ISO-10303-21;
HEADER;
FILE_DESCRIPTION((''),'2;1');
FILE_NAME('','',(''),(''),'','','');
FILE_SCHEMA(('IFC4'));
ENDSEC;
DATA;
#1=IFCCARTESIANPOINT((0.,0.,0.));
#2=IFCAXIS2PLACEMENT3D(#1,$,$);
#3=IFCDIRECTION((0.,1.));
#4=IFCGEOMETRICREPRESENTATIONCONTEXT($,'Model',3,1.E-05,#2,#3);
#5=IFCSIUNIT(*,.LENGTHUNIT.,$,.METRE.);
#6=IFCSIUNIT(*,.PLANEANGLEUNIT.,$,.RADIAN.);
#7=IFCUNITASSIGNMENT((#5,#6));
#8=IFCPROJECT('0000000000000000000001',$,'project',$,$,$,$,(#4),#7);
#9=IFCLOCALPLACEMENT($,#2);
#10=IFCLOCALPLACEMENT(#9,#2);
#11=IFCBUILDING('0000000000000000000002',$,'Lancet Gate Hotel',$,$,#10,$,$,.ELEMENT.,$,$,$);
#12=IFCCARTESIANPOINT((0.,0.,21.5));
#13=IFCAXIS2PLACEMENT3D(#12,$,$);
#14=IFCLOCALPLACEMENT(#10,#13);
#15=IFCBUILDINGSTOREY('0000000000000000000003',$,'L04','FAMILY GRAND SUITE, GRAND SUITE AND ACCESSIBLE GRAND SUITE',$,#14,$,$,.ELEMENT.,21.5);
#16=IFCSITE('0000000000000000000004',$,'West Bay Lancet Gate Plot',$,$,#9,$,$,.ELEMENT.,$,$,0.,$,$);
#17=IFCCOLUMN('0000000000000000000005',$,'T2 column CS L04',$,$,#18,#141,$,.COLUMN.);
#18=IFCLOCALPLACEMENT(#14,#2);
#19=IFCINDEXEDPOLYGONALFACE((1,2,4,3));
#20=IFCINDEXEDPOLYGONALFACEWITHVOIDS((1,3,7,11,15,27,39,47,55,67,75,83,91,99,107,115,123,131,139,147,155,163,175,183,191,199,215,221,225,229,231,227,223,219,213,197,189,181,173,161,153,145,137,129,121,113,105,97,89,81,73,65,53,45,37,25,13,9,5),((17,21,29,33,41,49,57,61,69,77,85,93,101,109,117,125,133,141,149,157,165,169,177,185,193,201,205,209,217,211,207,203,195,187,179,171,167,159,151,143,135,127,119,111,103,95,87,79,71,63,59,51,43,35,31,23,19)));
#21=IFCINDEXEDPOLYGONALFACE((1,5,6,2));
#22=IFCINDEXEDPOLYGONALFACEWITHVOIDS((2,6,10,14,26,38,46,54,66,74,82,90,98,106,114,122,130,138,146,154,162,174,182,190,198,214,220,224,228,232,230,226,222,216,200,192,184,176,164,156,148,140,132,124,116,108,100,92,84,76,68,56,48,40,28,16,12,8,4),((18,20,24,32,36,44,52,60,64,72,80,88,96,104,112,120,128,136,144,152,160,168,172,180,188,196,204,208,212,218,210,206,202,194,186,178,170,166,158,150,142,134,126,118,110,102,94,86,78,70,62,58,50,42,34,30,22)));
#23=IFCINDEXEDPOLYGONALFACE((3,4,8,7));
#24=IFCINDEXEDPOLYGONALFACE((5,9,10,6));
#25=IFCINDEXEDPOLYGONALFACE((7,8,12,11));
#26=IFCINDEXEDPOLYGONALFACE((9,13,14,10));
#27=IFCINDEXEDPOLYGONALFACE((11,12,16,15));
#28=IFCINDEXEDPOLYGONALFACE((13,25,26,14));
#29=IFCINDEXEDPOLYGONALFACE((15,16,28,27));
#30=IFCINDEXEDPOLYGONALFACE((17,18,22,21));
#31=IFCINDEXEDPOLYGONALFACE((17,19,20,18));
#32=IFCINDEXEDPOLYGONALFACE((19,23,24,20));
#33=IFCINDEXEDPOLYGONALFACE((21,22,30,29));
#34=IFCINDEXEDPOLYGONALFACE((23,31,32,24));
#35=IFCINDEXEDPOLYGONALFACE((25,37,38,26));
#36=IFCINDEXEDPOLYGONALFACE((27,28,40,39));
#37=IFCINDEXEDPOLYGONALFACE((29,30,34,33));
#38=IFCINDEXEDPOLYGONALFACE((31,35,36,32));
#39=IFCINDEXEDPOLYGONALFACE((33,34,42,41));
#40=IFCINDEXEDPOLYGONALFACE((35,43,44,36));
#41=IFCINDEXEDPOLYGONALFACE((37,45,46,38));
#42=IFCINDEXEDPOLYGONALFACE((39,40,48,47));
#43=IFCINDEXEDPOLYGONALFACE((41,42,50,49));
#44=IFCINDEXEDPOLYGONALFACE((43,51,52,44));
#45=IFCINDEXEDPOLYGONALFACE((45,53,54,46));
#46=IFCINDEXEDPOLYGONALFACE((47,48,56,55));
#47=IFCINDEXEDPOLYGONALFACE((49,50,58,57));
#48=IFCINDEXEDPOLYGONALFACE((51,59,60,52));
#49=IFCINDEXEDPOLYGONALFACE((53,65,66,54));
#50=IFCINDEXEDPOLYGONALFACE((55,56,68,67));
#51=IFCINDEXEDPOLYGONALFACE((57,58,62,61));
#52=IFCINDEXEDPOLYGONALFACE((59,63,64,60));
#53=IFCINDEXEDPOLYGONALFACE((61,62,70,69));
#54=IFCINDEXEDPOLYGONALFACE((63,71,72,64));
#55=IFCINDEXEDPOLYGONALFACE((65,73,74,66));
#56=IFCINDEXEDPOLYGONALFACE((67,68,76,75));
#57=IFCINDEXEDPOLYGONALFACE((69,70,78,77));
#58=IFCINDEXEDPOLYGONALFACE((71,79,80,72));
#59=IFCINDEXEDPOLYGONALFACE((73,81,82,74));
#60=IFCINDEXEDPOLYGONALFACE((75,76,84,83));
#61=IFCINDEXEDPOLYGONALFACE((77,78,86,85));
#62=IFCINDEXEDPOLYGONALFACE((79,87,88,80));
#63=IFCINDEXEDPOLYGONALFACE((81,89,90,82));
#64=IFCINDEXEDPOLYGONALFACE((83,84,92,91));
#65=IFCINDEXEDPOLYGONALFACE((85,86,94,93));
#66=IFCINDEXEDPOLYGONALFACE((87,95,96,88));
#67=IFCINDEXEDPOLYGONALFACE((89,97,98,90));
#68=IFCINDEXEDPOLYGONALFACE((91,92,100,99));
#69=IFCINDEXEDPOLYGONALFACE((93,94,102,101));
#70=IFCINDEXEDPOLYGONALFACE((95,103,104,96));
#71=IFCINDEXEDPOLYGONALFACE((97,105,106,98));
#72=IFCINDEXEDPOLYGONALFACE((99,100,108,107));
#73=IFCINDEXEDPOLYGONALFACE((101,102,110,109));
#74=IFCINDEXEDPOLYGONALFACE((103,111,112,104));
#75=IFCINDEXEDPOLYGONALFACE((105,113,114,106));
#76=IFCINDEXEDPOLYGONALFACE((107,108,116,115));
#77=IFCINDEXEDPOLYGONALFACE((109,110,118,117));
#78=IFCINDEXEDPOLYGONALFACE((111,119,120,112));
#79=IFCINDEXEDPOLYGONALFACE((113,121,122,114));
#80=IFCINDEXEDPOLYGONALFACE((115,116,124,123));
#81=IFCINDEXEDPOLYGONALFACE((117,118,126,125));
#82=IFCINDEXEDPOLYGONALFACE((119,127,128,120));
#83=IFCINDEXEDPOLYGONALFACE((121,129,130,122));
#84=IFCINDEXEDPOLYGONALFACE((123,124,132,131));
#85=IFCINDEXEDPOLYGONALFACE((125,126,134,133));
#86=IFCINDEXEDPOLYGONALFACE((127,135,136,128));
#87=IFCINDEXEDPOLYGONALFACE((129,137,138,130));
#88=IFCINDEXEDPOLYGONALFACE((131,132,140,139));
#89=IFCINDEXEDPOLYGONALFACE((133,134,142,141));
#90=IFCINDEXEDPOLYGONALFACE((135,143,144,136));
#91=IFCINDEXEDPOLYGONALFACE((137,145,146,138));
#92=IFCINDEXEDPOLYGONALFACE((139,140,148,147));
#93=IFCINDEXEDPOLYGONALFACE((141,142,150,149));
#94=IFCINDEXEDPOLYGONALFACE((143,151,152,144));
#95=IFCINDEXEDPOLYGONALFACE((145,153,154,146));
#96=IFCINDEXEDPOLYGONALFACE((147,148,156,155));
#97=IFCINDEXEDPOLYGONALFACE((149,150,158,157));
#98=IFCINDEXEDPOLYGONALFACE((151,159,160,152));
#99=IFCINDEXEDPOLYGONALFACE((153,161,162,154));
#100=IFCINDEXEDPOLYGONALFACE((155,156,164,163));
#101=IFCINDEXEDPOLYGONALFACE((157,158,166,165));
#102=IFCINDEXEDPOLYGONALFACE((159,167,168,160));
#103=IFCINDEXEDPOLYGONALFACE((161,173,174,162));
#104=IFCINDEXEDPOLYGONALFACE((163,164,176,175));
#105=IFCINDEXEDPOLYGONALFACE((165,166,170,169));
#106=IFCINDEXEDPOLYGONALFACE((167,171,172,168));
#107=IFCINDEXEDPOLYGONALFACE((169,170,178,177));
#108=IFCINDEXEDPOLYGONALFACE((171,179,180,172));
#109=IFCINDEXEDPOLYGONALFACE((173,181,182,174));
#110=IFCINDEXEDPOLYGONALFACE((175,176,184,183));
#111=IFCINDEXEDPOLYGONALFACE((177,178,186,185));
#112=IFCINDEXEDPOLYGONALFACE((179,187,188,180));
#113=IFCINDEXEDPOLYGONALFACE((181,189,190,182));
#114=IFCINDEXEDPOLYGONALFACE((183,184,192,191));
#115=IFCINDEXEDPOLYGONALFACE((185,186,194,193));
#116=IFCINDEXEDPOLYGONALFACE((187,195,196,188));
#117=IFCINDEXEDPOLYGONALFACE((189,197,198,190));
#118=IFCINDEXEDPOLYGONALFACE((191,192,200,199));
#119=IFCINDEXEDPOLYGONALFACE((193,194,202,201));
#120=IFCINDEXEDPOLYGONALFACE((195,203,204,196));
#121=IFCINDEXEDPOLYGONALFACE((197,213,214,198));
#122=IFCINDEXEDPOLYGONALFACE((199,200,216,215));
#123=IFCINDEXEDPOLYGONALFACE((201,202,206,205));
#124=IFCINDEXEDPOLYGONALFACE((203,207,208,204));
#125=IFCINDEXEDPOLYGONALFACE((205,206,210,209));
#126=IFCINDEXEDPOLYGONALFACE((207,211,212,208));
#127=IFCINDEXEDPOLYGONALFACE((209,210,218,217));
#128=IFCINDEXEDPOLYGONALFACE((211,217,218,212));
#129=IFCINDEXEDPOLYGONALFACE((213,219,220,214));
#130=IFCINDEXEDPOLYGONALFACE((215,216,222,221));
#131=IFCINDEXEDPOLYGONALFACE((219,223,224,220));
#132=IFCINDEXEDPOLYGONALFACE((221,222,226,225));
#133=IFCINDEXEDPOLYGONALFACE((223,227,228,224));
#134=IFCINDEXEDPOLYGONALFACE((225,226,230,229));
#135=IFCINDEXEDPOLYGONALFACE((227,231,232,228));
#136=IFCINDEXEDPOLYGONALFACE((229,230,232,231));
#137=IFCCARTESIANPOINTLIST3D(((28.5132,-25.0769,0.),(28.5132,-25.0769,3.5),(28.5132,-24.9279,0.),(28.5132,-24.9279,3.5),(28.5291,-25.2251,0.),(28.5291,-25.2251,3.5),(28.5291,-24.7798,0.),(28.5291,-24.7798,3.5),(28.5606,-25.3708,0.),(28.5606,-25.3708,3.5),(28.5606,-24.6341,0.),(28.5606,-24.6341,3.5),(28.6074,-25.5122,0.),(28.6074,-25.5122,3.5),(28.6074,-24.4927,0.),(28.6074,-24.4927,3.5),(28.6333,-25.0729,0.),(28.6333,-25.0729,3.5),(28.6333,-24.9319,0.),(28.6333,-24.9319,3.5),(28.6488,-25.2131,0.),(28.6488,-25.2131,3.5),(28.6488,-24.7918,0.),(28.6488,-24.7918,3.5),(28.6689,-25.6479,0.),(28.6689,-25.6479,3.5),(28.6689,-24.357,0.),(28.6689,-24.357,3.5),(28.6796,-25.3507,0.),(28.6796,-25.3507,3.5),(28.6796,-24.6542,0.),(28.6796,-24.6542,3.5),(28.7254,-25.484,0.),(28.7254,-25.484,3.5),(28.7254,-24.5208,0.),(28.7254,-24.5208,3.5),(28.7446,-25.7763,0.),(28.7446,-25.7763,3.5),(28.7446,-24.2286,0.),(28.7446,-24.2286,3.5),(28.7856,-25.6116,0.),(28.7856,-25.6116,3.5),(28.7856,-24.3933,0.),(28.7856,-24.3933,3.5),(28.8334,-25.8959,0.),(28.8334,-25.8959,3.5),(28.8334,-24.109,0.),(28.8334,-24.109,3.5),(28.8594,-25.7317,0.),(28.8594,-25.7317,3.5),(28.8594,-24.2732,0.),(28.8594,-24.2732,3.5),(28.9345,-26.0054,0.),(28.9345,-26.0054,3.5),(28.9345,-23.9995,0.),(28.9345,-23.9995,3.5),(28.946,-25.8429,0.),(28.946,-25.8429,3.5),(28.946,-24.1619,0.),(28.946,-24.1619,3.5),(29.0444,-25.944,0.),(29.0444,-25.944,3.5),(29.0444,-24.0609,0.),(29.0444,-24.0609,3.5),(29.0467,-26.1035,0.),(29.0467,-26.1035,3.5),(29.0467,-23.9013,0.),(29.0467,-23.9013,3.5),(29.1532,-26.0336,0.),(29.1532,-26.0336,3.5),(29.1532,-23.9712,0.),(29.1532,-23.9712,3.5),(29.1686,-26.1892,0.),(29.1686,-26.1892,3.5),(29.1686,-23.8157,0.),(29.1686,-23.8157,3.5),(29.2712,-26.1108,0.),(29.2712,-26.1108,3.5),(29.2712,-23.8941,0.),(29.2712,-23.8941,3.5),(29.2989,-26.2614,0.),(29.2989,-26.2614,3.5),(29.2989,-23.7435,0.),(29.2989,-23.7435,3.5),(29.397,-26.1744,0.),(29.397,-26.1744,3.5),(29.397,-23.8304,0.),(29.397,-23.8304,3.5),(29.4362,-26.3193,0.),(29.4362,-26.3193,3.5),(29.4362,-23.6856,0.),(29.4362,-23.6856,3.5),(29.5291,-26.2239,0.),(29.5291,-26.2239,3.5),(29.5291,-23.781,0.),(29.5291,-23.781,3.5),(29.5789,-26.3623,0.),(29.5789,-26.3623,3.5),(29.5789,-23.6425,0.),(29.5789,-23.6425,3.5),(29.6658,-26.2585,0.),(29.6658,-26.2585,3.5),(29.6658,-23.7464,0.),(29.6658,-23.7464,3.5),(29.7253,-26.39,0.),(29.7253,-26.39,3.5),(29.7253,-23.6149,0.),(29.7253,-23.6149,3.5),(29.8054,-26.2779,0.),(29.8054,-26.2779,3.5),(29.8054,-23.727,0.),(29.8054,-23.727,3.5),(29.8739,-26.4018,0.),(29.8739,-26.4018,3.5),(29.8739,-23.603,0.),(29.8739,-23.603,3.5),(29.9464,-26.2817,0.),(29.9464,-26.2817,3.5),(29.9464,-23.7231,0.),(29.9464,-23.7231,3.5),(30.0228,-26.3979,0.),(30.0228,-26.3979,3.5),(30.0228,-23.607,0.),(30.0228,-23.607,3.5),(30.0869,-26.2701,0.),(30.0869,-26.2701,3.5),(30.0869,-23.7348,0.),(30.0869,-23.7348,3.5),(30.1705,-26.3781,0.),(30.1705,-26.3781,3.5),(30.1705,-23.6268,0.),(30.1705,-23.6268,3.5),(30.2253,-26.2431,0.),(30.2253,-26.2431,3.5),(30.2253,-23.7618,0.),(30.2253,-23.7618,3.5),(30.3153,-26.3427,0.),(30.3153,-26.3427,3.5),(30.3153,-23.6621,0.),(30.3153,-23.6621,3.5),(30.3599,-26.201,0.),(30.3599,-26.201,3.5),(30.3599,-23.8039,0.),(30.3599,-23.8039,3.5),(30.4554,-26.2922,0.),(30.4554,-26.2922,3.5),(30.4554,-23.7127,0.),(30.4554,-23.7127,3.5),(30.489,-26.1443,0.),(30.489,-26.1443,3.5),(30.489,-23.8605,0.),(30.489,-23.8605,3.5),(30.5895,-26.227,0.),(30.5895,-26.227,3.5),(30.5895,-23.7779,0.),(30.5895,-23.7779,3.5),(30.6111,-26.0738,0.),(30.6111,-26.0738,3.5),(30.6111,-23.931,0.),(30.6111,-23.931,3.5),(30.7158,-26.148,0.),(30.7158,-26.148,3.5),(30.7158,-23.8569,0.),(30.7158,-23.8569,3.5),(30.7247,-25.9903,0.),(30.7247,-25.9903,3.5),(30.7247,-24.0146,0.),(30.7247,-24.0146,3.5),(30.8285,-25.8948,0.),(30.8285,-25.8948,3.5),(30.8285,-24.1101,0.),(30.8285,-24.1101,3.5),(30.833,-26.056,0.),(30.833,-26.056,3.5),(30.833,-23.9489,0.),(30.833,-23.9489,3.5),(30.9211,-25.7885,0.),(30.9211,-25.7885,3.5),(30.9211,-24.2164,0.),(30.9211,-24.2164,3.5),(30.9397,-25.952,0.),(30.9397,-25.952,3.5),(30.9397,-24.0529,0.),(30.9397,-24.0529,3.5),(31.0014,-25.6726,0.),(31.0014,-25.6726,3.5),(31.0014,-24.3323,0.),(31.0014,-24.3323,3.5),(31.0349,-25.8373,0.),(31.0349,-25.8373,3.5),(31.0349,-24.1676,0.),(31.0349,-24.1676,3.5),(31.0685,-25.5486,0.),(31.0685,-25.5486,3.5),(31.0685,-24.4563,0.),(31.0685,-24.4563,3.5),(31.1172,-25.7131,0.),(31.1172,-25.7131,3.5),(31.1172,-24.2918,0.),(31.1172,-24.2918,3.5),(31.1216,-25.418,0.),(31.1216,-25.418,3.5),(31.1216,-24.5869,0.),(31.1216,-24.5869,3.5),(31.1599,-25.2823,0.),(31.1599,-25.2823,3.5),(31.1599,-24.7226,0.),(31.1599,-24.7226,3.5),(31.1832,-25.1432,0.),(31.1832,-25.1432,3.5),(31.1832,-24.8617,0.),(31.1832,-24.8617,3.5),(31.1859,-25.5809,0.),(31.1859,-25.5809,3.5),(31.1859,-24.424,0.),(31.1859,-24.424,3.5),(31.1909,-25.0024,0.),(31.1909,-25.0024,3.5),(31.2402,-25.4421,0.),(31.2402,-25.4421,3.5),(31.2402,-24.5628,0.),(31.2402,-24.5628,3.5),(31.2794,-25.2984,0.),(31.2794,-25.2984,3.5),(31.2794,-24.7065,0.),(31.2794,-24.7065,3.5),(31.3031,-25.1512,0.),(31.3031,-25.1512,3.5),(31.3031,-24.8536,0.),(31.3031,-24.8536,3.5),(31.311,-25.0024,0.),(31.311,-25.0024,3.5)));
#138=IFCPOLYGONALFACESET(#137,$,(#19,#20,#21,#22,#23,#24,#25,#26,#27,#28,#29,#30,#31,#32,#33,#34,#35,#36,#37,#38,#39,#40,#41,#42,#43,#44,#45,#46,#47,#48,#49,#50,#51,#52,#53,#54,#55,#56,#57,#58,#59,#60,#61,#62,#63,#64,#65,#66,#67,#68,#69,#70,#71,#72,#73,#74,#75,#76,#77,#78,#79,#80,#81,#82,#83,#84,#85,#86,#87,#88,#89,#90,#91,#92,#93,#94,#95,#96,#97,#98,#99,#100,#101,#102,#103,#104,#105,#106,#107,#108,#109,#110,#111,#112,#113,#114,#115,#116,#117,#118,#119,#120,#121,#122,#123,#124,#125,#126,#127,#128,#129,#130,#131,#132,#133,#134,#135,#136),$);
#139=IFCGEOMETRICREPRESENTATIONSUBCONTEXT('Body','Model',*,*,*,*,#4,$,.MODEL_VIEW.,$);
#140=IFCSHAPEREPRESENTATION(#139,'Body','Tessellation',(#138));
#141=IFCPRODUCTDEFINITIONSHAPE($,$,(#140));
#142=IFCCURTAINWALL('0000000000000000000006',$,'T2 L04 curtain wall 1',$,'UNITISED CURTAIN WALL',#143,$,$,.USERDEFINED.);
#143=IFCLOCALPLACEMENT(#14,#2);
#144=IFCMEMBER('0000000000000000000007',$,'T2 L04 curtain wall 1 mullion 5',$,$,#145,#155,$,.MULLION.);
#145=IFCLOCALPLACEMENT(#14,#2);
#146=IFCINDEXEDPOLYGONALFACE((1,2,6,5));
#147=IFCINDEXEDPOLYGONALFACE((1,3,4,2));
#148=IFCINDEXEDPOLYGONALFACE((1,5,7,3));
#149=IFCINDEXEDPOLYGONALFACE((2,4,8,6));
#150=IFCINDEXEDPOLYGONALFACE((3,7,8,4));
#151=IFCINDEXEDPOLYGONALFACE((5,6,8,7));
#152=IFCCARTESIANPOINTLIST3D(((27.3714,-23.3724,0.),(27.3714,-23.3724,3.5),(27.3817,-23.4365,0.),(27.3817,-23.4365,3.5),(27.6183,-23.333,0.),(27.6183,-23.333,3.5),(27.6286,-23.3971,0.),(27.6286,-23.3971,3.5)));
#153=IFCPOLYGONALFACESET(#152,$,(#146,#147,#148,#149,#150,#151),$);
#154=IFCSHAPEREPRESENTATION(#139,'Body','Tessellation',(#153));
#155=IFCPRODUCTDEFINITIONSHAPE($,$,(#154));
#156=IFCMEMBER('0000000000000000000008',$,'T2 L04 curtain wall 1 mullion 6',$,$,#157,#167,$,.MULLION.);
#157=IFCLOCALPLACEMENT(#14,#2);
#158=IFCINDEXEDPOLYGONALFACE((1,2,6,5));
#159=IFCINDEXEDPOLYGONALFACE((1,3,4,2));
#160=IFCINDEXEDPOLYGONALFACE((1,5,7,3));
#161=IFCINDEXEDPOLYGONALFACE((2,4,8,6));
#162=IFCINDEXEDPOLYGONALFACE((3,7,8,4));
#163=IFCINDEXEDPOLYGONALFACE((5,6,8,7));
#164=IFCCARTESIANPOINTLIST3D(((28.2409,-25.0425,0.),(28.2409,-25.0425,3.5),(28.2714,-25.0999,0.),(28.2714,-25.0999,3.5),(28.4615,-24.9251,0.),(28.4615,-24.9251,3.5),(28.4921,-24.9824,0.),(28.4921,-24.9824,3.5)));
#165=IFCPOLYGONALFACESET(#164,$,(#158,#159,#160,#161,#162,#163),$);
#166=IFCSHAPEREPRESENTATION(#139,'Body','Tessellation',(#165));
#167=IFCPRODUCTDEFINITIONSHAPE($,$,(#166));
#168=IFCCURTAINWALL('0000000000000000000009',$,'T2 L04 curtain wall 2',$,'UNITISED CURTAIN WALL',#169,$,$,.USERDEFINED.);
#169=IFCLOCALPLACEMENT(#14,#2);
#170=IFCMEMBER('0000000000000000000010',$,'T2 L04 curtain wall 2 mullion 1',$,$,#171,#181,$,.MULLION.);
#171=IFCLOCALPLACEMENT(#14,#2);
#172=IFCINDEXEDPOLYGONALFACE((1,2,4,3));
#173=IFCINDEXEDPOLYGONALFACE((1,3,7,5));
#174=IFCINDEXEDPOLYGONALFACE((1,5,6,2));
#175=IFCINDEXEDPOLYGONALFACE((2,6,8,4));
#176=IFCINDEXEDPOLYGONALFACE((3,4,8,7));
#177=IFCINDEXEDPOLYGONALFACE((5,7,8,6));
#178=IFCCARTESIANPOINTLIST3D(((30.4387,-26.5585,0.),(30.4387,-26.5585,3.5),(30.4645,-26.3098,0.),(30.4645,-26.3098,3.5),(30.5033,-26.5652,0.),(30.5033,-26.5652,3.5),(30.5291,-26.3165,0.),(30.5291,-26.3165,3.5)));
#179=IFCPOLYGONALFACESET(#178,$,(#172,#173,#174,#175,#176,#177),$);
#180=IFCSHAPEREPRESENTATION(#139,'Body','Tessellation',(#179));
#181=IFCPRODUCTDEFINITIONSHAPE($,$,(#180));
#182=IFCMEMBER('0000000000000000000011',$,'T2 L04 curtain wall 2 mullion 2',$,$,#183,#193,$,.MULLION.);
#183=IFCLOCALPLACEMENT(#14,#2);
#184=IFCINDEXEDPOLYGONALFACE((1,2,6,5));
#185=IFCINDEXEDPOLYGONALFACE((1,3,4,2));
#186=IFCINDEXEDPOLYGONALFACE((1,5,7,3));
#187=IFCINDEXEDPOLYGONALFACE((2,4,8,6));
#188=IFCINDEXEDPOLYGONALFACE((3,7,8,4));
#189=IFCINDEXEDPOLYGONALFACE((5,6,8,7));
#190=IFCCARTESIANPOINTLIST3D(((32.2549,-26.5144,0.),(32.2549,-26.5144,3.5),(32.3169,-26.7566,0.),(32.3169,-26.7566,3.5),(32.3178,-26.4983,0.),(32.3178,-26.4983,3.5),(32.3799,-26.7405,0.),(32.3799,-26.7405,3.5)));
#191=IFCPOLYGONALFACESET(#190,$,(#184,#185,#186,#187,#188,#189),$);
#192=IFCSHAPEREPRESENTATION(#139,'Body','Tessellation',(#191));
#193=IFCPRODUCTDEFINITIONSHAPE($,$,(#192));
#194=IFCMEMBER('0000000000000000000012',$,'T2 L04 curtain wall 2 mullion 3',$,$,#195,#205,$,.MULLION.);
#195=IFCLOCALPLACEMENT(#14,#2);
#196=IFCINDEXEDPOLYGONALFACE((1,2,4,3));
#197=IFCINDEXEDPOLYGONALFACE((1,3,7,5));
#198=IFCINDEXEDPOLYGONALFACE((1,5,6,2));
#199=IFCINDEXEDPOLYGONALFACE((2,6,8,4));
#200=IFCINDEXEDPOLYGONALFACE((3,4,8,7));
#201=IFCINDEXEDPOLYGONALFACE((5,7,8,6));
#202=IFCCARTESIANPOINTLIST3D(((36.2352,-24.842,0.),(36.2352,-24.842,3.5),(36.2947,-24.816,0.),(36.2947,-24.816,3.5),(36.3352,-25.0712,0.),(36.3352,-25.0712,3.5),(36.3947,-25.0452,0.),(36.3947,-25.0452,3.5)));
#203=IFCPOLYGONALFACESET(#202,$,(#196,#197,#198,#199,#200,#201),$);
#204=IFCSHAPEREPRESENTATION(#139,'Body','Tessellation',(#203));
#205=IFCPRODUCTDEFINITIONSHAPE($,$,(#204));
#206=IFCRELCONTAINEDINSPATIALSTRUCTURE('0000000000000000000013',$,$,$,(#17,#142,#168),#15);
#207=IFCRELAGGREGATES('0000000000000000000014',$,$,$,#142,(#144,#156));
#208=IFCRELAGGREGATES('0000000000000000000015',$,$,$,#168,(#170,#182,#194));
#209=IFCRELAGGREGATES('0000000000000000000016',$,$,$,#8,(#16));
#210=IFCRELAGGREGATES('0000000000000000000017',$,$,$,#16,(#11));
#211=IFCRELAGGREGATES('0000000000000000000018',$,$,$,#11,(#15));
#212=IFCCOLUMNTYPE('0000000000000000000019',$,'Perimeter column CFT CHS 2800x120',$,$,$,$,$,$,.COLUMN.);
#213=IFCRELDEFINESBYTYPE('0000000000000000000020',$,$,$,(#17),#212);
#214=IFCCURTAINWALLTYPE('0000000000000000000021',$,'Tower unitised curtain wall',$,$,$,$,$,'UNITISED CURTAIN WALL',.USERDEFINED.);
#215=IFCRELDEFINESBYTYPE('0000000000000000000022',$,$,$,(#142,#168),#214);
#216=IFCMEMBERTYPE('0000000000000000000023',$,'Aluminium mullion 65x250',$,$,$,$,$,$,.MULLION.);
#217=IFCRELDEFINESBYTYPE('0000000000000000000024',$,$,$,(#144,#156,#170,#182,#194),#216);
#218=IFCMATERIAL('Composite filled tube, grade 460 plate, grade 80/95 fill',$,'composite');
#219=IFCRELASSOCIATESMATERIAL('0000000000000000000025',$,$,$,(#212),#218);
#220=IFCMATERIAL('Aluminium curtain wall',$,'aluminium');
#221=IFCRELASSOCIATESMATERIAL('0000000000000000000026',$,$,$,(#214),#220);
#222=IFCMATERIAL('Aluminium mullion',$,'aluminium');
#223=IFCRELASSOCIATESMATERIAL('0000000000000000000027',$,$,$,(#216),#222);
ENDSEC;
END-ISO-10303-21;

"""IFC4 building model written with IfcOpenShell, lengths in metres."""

from ifc_helpers import new_model, si_unit, direction, frame, origin, origin_2d, place, context, subcontext, project, spatial, rectangle, hollow_circle, extrude, material, material_profile, profile_set, type_object, element, aggregate, save


model = new_model("IFC4")

# Units and contexts
model_context = context("Model", 3, precision=1e-05, world=origin(), true_north=direction((0.0, 1.0)))
body_context = subcontext(model_context, "Body", "Model", "MODEL_VIEW")
ifc_project = project(units=[si_unit("LENGTHUNIT", "METRE"), si_unit("PLANEANGLEUNIT", "RADIAN")], contexts=[model_context])

# Site, building, storey
site_placement = place(None, origin())
site = spatial("IfcSite", under=ifc_project, at=site_placement, Name="West Bay Lancet Gate Plot", CompositionType="ELEMENT", RefElevation=0.0)
building_placement = place(site_placement, origin())
building = spatial("IfcBuilding", under=site, at=building_placement, Name="Lancet Gate Hotel", CompositionType="ELEMENT")
storey_placement = place(building_placement, frame((0.0, 0.0, 21.5)))
storey = spatial("IfcBuildingStorey", under=building, at=storey_placement, Name="L04", Description="FAMILY GRAND SUITE, GRAND SUITE AND ACCESSIBLE GRAND SUITE", CompositionType="ELEMENT", Elevation=21.5)

# Column
ifc_material_1 = material(Name="Composite filled tube, grade 460 plate, grade 80/95 fill", Category="composite")
ifc_material_profile_1 = material_profile(ifc_material_1, hollow_circle(Radius=1.3999, WallThickness=0.1201, at=origin_2d()), Name="CHS 2800x120")
ifc_profile_set_1 = profile_set([ifc_material_profile_1], Name="Composite filled tube, grade 460 plate, grade 80/95 fill")
column_type = type_object("IfcColumnType", Name="Perimeter column CFT CHS 2800x120", PredefinedType="COLUMN", material=ifc_profile_set_1)
column_placement = place(storey_placement, frame((29.9111, -25.0024, 0.0), z_axis=(0.0, 0.0, 1.0), x_axis=(1.0, 0.0, 0.0)))
element("IfcColumn", 1, at=column_placement, inside=storey, type_object=column_type, Name="T2 column CS L04", PredefinedType="COLUMN", context=body_context, shape_type="SweptSolid", body=[
    extrude(hollow_circle(Radius=1.3999, WallThickness=0.1201, at=origin_2d()), origin(), (0.0, 0.0, 1.0), 3.5),
])

# Curtain walls, members
ifc_material_2 = material(Name="Aluminium curtain wall", Category="aluminium")
curtain_wall_type = type_object("IfcCurtainWallType", Name="Tower unitised curtain wall", ElementType="UNITISED CURTAIN WALL", PredefinedType="USERDEFINED", material=ifc_material_2)
curtain_wall_1_placement = place(storey_placement, origin())
curtain_wall_1 = element("IfcCurtainWall", 2, at=curtain_wall_1_placement, inside=storey, type_object=curtain_wall_type, Name="T2 L04 curtain wall 1", ObjectType="UNITISED CURTAIN WALL", PredefinedType="USERDEFINED")
ifc_material_3 = material(Name="Aluminium mullion", Category="aluminium")
ifc_material_profile_2 = material_profile(ifc_material_3, rectangle(XDim=0.0649, YDim=0.25, at=origin_2d()), Name="MULLION 65x250")
ifc_profile_set_2 = profile_set([ifc_material_profile_2], Name="Aluminium mullion")
member_type_1 = type_object("IfcMemberType", Name="Aluminium mullion 65x250", PredefinedType="MULLION", material=ifc_profile_set_2)
member_1_placement = place(storey_placement, frame((27.5, -23.3848, 0.0), z_axis=(0.0, 0.0, 1.0), x_axis=(0.157752, -0.987479, 0.0)))
member_1 = element("IfcMember", 3, at=member_1_placement, type_object=member_type_1, Name="T2 L04 curtain wall 1 mullion 5", PredefinedType="MULLION", context=body_context, shape_type="SweptSolid", body=[
    extrude(rectangle(XDim=0.0649, YDim=0.25, at=origin_2d()), origin(), (0.0, 0.0, 1.0), 3.5),
])
member_2_placement = place(storey_placement, frame((28.3665, -25.0125, 0.0), z_axis=(0.0, 0.0, 1.0), x_axis=(0.469898, -0.882721, 0.0)))
member_2 = element("IfcMember", 4, at=member_2_placement, type_object=member_type_1, Name="T2 L04 curtain wall 1 mullion 6", PredefinedType="MULLION", context=body_context, shape_type="SweptSolid", body=[
    extrude(rectangle(XDim=0.0649, YDim=0.25, at=origin_2d()), origin(), (0.0, 0.0, 1.0), 3.5),
])
curtain_wall_2_placement = place(storey_placement, origin())
curtain_wall_2 = element("IfcCurtainWall", 5, at=curtain_wall_2_placement, inside=storey, type_object=curtain_wall_type, Name="T2 L04 curtain wall 2", ObjectType="UNITISED CURTAIN WALL", PredefinedType="USERDEFINED")
member_3_placement = place(storey_placement, frame((30.4839, -26.4375, 0.0), z_axis=(0.0, 0.0, 1.0), x_axis=(0.994672, -0.103088, 0.0)))
member_3 = element("IfcMember", 6, at=member_3_placement, type_object=member_type_1, Name="T2 L04 curtain wall 2 mullion 1", PredefinedType="MULLION", context=body_context, shape_type="SweptSolid", body=[
    extrude(rectangle(XDim=0.0649, YDim=0.25, at=origin_2d()), origin(), (0.0, 0.0, 1.0), 3.5),
])
member_4_placement = place(storey_placement, frame((32.3174, -26.6274, 0.0), z_axis=(0.0, 0.0, 1.0), x_axis=(0.968721, 0.24815, 0.0)))
member_4 = element("IfcMember", 7, at=member_4_placement, type_object=member_type_1, Name="T2 L04 curtain wall 2 mullion 2", PredefinedType="MULLION", context=body_context, shape_type="SweptSolid", body=[
    extrude(rectangle(XDim=0.0649, YDim=0.25, at=origin_2d()), origin(), (0.0, 0.0, 1.0), 3.5),
])
member_5_placement = place(storey_placement, frame((36.3149, -24.9436, 0.0), z_axis=(0.0, 0.0, 1.0), x_axis=(0.916579, 0.399854, 0.0)))
member_5 = element("IfcMember", 8, at=member_5_placement, type_object=member_type_1, Name="T2 L04 curtain wall 2 mullion 3", PredefinedType="MULLION", context=body_context, shape_type="SweptSolid", body=[
    extrude(rectangle(XDim=0.0649, YDim=0.25, at=origin_2d()), origin(), (0.0, 0.0, 1.0), 3.5),
])

aggregate(curtain_wall_1, [member_1, member_2])
aggregate(curtain_wall_2, [member_3, member_4, member_5])

save(model, "model.ifc")
